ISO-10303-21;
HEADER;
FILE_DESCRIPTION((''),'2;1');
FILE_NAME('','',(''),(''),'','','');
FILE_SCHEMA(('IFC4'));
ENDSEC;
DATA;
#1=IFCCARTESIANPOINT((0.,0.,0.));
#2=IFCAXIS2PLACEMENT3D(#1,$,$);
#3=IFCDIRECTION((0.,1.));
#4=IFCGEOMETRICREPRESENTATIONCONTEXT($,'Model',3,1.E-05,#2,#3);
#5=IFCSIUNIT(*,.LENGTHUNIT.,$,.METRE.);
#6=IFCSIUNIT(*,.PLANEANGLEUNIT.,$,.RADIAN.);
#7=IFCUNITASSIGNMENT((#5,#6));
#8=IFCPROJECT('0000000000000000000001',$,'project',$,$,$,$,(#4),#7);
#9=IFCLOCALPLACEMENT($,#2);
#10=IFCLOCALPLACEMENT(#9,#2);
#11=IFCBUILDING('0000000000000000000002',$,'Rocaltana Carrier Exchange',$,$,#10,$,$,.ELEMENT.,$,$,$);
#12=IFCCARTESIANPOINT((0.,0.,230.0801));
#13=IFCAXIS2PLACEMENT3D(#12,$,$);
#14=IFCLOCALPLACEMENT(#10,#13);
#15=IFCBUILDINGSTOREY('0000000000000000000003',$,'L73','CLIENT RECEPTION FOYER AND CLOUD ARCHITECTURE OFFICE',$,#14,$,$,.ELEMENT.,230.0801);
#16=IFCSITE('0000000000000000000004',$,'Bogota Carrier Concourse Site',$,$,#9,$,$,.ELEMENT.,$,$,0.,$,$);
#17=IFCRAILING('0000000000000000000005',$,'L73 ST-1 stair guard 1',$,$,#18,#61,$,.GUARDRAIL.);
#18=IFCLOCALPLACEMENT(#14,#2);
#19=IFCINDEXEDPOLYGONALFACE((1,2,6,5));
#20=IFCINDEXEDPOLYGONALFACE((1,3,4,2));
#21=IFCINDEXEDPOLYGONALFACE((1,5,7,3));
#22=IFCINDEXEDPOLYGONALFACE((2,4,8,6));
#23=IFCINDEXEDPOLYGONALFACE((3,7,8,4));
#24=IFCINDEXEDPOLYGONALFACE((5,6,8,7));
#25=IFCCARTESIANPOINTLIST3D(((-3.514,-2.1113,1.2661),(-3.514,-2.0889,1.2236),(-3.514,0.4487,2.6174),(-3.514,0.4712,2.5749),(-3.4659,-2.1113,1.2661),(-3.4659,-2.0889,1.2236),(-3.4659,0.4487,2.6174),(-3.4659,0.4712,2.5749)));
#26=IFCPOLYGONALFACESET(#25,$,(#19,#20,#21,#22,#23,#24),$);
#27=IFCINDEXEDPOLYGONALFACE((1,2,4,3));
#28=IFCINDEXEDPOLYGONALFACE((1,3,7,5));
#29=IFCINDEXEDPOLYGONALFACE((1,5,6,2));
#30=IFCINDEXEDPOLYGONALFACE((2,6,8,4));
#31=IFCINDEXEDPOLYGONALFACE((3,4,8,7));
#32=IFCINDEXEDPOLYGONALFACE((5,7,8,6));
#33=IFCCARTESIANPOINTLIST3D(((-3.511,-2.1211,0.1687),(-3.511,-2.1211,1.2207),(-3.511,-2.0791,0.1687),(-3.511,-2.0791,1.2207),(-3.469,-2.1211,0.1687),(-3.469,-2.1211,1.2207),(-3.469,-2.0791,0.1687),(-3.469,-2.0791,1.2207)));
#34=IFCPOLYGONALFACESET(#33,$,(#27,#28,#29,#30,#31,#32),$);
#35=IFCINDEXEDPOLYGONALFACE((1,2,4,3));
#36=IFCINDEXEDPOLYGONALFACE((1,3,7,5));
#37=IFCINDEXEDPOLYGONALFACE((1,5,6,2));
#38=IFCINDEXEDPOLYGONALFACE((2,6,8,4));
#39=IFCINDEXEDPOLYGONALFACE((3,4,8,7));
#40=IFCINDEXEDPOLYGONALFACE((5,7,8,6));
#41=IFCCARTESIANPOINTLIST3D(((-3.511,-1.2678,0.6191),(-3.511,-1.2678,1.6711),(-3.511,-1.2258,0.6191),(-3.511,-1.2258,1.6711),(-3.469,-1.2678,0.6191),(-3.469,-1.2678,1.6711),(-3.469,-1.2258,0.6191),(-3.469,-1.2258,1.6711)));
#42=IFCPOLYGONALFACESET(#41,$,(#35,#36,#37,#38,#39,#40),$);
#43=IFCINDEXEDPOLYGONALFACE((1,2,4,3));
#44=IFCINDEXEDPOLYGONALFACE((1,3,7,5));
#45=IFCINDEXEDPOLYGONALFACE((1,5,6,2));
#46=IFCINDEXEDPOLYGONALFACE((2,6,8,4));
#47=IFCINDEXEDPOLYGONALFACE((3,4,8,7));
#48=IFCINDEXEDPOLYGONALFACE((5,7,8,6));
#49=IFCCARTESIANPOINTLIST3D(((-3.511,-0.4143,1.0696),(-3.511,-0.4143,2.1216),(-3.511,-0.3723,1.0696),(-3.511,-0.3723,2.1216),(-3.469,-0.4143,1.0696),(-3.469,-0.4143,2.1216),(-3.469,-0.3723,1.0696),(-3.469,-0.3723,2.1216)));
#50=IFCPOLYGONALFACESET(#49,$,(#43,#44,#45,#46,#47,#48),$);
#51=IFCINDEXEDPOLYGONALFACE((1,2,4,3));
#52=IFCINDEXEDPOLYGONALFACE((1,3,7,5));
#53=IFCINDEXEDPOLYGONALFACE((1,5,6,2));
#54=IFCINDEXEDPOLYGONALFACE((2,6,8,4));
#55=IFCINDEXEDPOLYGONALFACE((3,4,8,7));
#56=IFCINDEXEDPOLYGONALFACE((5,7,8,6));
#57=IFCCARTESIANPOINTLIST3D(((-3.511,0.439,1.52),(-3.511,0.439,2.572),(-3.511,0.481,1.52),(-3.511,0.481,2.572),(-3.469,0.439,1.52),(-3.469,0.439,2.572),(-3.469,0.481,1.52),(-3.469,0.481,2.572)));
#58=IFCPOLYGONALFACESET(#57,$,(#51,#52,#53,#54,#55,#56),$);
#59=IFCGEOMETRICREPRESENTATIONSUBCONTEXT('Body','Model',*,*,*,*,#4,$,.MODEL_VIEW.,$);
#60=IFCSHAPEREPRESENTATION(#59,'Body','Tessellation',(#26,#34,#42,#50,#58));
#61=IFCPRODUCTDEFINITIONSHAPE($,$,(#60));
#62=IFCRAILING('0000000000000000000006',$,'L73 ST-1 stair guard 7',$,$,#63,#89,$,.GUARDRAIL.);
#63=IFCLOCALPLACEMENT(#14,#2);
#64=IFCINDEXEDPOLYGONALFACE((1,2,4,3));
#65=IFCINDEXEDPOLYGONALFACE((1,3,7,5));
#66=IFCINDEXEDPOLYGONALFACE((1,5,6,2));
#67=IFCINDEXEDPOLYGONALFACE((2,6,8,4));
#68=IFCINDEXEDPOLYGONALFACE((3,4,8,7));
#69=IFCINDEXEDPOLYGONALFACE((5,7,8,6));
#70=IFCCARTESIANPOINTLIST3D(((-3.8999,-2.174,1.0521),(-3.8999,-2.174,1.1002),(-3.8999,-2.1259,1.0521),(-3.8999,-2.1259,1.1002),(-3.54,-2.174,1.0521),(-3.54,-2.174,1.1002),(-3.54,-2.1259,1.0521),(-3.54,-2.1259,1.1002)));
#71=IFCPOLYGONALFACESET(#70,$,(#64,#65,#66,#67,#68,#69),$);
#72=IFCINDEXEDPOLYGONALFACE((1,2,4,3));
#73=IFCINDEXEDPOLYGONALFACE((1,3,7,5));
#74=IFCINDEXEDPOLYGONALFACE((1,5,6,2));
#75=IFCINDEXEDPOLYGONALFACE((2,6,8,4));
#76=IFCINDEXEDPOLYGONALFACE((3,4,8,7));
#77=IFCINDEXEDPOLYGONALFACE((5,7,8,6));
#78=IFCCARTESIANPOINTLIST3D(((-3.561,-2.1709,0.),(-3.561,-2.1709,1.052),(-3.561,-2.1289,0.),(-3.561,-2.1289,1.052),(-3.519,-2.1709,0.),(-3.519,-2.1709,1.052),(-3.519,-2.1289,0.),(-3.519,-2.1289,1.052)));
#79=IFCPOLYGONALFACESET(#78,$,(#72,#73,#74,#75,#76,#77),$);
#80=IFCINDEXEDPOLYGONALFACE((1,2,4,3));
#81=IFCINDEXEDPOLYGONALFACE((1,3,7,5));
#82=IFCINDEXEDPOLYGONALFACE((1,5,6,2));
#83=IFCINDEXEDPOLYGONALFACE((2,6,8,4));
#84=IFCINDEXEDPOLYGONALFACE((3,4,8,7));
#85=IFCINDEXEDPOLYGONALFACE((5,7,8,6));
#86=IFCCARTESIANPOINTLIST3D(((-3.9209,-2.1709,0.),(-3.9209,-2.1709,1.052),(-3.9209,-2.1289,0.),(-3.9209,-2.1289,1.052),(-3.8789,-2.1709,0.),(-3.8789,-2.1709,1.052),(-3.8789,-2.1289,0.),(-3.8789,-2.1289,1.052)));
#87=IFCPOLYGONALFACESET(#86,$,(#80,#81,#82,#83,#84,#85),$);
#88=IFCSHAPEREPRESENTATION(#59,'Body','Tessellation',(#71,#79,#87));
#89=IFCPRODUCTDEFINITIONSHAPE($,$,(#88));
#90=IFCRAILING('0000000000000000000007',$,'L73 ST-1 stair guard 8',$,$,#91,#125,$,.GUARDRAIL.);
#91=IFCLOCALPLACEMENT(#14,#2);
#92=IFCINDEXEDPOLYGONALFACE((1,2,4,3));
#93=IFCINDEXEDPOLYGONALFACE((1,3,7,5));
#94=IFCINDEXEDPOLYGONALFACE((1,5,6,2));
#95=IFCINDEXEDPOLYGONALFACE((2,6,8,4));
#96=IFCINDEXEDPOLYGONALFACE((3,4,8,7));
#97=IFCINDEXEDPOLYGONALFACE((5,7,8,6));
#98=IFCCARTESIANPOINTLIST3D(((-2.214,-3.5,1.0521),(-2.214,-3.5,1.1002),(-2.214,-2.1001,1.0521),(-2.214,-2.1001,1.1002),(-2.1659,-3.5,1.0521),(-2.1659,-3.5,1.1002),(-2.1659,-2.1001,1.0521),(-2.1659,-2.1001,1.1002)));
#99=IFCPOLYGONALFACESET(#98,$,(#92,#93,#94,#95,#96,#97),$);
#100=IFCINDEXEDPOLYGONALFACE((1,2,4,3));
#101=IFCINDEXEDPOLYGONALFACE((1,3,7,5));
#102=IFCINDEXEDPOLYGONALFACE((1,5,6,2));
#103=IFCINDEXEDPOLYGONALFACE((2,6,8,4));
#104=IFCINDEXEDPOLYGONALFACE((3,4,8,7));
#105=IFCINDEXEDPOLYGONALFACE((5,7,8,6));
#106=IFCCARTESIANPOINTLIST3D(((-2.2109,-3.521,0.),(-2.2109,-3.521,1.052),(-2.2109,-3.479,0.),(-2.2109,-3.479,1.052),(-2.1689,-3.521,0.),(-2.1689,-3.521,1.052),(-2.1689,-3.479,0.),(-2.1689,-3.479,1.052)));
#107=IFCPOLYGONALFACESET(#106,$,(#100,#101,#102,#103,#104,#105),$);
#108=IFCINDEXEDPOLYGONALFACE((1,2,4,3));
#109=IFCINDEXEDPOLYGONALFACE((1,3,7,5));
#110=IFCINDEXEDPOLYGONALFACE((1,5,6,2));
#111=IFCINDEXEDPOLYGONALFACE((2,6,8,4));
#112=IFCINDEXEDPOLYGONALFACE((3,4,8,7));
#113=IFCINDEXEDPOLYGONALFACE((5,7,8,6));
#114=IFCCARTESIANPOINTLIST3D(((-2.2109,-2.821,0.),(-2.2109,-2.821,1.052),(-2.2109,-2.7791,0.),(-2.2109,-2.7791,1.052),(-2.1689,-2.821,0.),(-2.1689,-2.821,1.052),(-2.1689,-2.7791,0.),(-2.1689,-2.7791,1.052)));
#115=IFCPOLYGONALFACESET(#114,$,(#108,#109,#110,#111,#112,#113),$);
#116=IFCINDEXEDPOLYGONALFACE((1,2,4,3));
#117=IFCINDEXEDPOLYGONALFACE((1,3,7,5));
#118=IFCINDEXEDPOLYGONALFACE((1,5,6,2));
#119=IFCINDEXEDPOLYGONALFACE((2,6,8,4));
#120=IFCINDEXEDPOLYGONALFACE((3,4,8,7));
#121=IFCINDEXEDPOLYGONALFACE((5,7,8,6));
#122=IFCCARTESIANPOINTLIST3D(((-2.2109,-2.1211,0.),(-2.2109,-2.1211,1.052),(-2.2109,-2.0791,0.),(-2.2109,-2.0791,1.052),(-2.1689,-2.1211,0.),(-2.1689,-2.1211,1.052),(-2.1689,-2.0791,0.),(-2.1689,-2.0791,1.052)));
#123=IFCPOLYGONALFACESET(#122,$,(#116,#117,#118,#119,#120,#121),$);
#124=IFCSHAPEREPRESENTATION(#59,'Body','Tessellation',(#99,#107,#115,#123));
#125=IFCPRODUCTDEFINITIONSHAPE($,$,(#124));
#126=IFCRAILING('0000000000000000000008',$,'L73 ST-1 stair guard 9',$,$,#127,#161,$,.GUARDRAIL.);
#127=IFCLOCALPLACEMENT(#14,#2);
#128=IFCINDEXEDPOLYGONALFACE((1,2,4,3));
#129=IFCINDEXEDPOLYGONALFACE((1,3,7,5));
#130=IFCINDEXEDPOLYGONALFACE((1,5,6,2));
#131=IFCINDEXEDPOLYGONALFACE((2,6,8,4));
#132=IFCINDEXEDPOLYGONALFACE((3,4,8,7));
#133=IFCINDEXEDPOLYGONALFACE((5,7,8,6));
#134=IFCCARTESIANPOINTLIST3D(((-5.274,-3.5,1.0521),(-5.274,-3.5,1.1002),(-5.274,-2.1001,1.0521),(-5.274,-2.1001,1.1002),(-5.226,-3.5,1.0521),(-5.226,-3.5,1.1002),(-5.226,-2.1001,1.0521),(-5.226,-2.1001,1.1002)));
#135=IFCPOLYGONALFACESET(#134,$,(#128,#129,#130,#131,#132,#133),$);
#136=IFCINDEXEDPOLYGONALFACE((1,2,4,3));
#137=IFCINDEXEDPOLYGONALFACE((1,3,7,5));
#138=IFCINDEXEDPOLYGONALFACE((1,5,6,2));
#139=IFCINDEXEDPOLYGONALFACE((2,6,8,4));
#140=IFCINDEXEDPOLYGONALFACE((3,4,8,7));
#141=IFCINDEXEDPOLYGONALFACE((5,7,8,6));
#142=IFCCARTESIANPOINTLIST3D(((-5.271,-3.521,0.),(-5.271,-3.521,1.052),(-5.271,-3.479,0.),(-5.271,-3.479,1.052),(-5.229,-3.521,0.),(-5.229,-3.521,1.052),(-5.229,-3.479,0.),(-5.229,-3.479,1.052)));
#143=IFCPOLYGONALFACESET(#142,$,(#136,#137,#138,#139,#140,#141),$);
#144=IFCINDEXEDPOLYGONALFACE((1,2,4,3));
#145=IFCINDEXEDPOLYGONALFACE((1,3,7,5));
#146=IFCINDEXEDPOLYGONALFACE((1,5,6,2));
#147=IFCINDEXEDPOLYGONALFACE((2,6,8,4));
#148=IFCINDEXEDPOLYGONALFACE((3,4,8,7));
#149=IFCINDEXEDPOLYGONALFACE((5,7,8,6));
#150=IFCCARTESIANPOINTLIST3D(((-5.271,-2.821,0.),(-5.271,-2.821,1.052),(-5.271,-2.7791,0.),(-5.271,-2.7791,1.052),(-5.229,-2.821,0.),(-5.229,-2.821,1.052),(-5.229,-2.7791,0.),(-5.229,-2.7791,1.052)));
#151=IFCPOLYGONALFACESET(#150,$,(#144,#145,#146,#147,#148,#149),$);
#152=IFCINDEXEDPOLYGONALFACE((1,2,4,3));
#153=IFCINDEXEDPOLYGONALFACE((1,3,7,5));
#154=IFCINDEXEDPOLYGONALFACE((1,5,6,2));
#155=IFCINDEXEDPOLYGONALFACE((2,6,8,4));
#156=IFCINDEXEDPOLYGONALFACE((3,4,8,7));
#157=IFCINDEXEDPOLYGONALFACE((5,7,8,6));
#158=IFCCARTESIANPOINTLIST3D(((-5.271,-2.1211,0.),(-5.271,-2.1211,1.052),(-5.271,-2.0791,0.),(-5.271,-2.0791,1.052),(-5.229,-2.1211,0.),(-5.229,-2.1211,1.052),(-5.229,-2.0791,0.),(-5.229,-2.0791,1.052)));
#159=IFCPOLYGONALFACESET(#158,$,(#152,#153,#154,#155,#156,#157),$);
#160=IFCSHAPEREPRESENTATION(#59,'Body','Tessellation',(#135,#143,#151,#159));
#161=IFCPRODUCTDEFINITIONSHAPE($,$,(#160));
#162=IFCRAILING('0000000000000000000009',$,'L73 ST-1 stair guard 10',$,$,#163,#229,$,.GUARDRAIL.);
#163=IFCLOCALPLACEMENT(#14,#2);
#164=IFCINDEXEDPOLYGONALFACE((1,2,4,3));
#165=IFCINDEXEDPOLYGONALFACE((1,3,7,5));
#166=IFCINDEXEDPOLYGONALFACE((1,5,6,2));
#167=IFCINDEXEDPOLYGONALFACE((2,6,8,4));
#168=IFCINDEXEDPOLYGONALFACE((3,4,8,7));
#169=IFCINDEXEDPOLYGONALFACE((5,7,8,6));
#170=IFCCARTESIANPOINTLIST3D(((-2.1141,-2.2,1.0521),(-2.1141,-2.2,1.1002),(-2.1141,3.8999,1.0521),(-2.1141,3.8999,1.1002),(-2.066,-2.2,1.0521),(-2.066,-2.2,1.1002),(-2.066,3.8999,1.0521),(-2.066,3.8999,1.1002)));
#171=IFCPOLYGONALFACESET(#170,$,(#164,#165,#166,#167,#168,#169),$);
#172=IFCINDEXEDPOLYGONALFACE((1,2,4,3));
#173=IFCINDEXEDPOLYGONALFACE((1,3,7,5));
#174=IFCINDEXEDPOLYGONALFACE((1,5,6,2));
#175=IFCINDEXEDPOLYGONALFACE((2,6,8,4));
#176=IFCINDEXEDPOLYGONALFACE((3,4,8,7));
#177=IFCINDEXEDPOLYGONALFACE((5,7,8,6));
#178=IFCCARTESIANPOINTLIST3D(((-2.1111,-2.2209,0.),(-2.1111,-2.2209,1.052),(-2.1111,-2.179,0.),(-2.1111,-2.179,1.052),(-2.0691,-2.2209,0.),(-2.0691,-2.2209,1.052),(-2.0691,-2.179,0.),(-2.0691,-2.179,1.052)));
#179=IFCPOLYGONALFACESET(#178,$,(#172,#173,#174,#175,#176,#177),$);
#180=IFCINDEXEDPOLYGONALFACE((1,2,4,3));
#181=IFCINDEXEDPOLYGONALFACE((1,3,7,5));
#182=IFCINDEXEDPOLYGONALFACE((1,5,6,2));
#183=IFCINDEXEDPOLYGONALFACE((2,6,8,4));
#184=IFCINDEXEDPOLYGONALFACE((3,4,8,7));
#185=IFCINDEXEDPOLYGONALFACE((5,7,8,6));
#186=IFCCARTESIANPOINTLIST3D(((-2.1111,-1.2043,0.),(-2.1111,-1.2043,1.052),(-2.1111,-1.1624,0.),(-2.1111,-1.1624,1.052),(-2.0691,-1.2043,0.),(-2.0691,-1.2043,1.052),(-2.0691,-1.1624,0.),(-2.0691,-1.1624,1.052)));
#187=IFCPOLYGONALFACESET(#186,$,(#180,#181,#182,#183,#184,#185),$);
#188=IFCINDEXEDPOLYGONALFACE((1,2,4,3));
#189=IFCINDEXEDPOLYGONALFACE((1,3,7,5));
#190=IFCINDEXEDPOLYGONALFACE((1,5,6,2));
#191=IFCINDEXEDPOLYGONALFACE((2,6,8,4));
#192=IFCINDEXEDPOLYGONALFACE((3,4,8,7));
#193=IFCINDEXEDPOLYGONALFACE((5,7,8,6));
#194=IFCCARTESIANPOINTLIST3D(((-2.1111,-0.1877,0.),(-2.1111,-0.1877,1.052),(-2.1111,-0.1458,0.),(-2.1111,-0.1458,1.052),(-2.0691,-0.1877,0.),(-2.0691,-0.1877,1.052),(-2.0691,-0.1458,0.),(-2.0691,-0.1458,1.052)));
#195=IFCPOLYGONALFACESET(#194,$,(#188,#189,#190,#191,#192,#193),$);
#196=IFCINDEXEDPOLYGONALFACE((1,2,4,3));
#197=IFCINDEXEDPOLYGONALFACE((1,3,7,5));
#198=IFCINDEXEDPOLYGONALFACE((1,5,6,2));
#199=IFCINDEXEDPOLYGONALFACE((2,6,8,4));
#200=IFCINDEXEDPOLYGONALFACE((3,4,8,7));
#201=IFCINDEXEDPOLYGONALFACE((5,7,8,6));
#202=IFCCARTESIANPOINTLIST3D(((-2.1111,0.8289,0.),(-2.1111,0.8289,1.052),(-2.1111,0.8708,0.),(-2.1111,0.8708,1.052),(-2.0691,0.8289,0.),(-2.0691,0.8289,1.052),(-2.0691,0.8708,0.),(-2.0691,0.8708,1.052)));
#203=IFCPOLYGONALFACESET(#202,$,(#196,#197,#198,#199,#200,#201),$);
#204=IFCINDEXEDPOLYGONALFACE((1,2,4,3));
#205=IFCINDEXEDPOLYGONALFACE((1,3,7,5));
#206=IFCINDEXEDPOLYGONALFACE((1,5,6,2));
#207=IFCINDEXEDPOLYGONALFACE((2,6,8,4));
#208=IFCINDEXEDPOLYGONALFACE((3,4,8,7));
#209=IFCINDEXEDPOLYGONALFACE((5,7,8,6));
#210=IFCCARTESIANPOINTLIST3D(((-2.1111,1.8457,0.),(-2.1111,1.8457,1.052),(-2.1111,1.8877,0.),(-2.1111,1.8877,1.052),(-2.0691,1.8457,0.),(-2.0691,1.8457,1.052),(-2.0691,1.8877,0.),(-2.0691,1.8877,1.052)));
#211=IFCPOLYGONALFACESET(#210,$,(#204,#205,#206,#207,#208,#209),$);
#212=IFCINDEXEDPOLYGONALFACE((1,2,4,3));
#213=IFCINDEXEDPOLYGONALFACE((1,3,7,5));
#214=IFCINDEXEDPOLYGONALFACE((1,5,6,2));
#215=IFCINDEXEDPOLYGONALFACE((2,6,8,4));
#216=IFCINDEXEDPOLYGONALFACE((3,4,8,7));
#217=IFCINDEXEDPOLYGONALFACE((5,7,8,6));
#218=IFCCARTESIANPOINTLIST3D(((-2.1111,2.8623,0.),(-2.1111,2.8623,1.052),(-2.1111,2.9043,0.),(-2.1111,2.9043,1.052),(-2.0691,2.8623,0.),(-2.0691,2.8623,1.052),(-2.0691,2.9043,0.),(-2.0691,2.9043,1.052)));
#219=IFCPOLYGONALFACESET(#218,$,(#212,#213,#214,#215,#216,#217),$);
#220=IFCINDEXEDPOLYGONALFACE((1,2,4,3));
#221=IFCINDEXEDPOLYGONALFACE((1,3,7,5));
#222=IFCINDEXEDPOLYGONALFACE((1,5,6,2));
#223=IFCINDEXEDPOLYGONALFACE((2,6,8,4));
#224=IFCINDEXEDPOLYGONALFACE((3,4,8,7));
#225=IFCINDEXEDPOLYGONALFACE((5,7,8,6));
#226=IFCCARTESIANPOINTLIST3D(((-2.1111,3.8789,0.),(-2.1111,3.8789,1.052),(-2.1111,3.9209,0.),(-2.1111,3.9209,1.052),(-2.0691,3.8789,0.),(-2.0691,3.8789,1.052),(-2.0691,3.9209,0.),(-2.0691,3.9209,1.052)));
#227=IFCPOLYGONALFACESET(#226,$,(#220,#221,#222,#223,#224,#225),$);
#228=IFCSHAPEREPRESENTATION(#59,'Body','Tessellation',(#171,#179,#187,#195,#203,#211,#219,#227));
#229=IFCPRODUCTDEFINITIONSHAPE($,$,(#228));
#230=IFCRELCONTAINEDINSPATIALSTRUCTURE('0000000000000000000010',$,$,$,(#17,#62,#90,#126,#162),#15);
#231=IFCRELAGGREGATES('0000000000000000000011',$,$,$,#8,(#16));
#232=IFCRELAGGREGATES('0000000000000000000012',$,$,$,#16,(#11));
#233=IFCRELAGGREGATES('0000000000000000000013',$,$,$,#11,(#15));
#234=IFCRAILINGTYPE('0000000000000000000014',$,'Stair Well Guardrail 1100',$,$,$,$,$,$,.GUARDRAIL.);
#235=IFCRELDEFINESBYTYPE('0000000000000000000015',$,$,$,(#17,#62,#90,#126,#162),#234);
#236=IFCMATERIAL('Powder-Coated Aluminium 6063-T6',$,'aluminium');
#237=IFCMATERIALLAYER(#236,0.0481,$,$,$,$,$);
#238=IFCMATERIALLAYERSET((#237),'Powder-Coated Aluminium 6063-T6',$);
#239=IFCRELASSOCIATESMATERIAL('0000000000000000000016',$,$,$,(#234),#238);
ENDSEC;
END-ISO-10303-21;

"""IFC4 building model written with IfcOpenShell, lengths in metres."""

from ifc_helpers import new_model, si_unit, direction, frame, origin, origin_2d, place, context, subcontext, project, spatial, rectangle, extrude, material, layer, layer_set, type_object, element, save


model = new_model("IFC4")

# Units and contexts
model_context = context("Model", 3, precision=1e-05, world=origin(), true_north=direction((0.0, 1.0)))
body_context = subcontext(model_context, "Body", "Model", "MODEL_VIEW")
ifc_project = project(units=[si_unit("LENGTHUNIT", "METRE"), si_unit("PLANEANGLEUNIT", "RADIAN")], contexts=[model_context])

# Site, building, storey
site_placement = place(None, origin())
site = spatial("IfcSite", under=ifc_project, at=site_placement, Name="Bogota Carrier Concourse Site", CompositionType="ELEMENT", RefElevation=0.0)
building_placement = place(site_placement, origin())
building = spatial("IfcBuilding", under=site, at=building_placement, Name="Rocaltana Carrier Exchange", CompositionType="ELEMENT")
storey_placement = place(building_placement, frame((0.0, 0.0, 230.0801)))
storey = spatial("IfcBuildingStorey", under=building, at=storey_placement, Name="L73", Description="CLIENT RECEPTION FOYER AND CLOUD ARCHITECTURE OFFICE", CompositionType="ELEMENT", Elevation=230.0801)

# Railings
ifc_material_1 = material(Name="Powder-Coated Aluminium 6063-T6", Category="aluminium")
ifc_layer_1 = layer(ifc_material_1, 0.0481)
ifc_layer_set_1 = layer_set([ifc_layer_1], Name="Powder-Coated Aluminium 6063-T6")
railing_type_1 = type_object("IfcRailingType", Name="Stair Well Guardrail 1100", PredefinedType="GUARDRAIL", material=ifc_layer_set_1)
railing_1_placement = place(storey_placement, frame((-3.49, -2.1001, 0.1687)))
element("IfcRailing", 1, at=railing_1_placement, inside=storey, type_object=railing_type_1, Name="L73 ST-1 stair guard 1", PredefinedType="GUARDRAIL", context=body_context, shape_type="SweptSolid", body=[
    extrude(rectangle(XDim=0.0481, YDim=0.0481, at=origin_2d()), frame((0.0, 0.0, 1.0762), z_axis=(0.0, 0.88436, 0.466806), x_axis=(-1.0, 0.0, 0.0)), (0.0, 0.0, 1.0), 2.8948),
    extrude(rectangle(XDim=0.042, YDim=0.042, at=origin_2d()), origin(), (0.0, 0.0, 1.0), 1.052),
    extrude(rectangle(XDim=0.042, YDim=0.042, at=origin_2d()), frame((0.0, 0.8533, 0.4504)), (0.0, 0.0, 1.0), 1.052),
    extrude(rectangle(XDim=0.042, YDim=0.042, at=origin_2d()), frame((0.0, 1.7068, 0.9009)), (0.0, 0.0, 1.0), 1.052),
    extrude(rectangle(XDim=0.042, YDim=0.042, at=origin_2d()), frame((0.0, 2.5601, 1.3513)), (0.0, 0.0, 1.0), 1.052),
])
railing_2_placement = place(storey_placement, frame((-3.54, -2.1499, 0.0)))
element("IfcRailing", 2, at=railing_2_placement, inside=storey, type_object=railing_type_1, Name="L73 ST-1 stair guard 7", PredefinedType="GUARDRAIL", context=body_context, shape_type="SweptSolid", body=[
    extrude(rectangle(XDim=0.0481, YDim=0.0481, at=origin_2d()), frame((0.0, 0.0, 1.0762), z_axis=(-1.0, 0.0, 0.0), x_axis=(0.0, -1.0, 0.0)), (0.0, 0.0, 1.0), 0.3599),
    extrude(rectangle(XDim=0.042, YDim=0.042, at=origin_2d()), origin(), (0.0, 0.0, 1.0), 1.052),
    extrude(rectangle(XDim=0.042, YDim=0.042, at=origin_2d()), frame((-0.3599, 0.0, 0.0)), (0.0, 0.0, 1.0), 1.052),
])
for number, where, name in (
    (3, (-2.1899, -3.5, 0.0), "L73 ST-1 stair guard 8"),
    (4, (-5.25, -3.5, 0.0), "L73 ST-1 stair guard 9"),
):
    element("IfcRailing", number, at=place(storey_placement, frame(where)), inside=storey, type_object=railing_type_1, Name=name, PredefinedType="GUARDRAIL", context=body_context, shape_type="SweptSolid", body=[
        extrude(rectangle(XDim=0.0481, YDim=0.0481, at=origin_2d()), frame((0.0, 0.0, 1.0762), z_axis=(0.0, 1.0, 0.0), x_axis=(-1.0, 0.0, 0.0)), (0.0, 0.0, 1.0), 1.3999),
        extrude(rectangle(XDim=0.042, YDim=0.042, at=origin_2d()), origin(), (0.0, 0.0, 1.0), 1.052),
        extrude(rectangle(XDim=0.042, YDim=0.042, at=origin_2d()), frame((0.0, 0.7, 0.0)), (0.0, 0.0, 1.0), 1.052),
        extrude(rectangle(XDim=0.042, YDim=0.042, at=origin_2d()), frame((0.0, 1.3999, 0.0)), (0.0, 0.0, 1.0), 1.052),
    ])
for number, where, name in (
    (5, (-2.0901, -2.2, 0.0), "L73 ST-1 stair guard 10"),
):
    element("IfcRailing", number, at=place(storey_placement, frame(where)), inside=storey, type_object=railing_type_1, Name=name, PredefinedType="GUARDRAIL", context=body_context, shape_type="SweptSolid", body=[
        extrude(rectangle(XDim=0.0481, YDim=0.0481, at=origin_2d()), frame((0.0, 0.0, 1.0762), z_axis=(0.0, 1.0, 0.0), x_axis=(-1.0, 0.0, 0.0)), (0.0, 0.0, 1.0), 6.0999),
        extrude(rectangle(XDim=0.042, YDim=0.042, at=origin_2d()), origin(), (0.0, 0.0, 1.0), 1.052),
        extrude(rectangle(XDim=0.042, YDim=0.042, at=origin_2d()), frame((0.0, 1.0166, 0.0)), (0.0, 0.0, 1.0), 1.052),
        extrude(rectangle(XDim=0.042, YDim=0.042, at=origin_2d()), frame((0.0, 2.0332, 0.0)), (0.0, 0.0, 1.0), 1.052),
        extrude(rectangle(XDim=0.042, YDim=0.042, at=origin_2d()), frame((0.0, 3.0498, 0.0)), (0.0, 0.0, 1.0), 1.052),
        extrude(rectangle(XDim=0.042, YDim=0.042, at=origin_2d()), frame((0.0, 4.0667, 0.0)), (0.0, 0.0, 1.0), 1.052),
        extrude(rectangle(XDim=0.042, YDim=0.042, at=origin_2d()), frame((0.0, 5.0833, 0.0)), (0.0, 0.0, 1.0), 1.052),
        extrude(rectangle(XDim=0.042, YDim=0.042, at=origin_2d()), frame((0.0, 6.0999, 0.0)), (0.0, 0.0, 1.0), 1.052),
    ])

save(model, "model.ifc")
